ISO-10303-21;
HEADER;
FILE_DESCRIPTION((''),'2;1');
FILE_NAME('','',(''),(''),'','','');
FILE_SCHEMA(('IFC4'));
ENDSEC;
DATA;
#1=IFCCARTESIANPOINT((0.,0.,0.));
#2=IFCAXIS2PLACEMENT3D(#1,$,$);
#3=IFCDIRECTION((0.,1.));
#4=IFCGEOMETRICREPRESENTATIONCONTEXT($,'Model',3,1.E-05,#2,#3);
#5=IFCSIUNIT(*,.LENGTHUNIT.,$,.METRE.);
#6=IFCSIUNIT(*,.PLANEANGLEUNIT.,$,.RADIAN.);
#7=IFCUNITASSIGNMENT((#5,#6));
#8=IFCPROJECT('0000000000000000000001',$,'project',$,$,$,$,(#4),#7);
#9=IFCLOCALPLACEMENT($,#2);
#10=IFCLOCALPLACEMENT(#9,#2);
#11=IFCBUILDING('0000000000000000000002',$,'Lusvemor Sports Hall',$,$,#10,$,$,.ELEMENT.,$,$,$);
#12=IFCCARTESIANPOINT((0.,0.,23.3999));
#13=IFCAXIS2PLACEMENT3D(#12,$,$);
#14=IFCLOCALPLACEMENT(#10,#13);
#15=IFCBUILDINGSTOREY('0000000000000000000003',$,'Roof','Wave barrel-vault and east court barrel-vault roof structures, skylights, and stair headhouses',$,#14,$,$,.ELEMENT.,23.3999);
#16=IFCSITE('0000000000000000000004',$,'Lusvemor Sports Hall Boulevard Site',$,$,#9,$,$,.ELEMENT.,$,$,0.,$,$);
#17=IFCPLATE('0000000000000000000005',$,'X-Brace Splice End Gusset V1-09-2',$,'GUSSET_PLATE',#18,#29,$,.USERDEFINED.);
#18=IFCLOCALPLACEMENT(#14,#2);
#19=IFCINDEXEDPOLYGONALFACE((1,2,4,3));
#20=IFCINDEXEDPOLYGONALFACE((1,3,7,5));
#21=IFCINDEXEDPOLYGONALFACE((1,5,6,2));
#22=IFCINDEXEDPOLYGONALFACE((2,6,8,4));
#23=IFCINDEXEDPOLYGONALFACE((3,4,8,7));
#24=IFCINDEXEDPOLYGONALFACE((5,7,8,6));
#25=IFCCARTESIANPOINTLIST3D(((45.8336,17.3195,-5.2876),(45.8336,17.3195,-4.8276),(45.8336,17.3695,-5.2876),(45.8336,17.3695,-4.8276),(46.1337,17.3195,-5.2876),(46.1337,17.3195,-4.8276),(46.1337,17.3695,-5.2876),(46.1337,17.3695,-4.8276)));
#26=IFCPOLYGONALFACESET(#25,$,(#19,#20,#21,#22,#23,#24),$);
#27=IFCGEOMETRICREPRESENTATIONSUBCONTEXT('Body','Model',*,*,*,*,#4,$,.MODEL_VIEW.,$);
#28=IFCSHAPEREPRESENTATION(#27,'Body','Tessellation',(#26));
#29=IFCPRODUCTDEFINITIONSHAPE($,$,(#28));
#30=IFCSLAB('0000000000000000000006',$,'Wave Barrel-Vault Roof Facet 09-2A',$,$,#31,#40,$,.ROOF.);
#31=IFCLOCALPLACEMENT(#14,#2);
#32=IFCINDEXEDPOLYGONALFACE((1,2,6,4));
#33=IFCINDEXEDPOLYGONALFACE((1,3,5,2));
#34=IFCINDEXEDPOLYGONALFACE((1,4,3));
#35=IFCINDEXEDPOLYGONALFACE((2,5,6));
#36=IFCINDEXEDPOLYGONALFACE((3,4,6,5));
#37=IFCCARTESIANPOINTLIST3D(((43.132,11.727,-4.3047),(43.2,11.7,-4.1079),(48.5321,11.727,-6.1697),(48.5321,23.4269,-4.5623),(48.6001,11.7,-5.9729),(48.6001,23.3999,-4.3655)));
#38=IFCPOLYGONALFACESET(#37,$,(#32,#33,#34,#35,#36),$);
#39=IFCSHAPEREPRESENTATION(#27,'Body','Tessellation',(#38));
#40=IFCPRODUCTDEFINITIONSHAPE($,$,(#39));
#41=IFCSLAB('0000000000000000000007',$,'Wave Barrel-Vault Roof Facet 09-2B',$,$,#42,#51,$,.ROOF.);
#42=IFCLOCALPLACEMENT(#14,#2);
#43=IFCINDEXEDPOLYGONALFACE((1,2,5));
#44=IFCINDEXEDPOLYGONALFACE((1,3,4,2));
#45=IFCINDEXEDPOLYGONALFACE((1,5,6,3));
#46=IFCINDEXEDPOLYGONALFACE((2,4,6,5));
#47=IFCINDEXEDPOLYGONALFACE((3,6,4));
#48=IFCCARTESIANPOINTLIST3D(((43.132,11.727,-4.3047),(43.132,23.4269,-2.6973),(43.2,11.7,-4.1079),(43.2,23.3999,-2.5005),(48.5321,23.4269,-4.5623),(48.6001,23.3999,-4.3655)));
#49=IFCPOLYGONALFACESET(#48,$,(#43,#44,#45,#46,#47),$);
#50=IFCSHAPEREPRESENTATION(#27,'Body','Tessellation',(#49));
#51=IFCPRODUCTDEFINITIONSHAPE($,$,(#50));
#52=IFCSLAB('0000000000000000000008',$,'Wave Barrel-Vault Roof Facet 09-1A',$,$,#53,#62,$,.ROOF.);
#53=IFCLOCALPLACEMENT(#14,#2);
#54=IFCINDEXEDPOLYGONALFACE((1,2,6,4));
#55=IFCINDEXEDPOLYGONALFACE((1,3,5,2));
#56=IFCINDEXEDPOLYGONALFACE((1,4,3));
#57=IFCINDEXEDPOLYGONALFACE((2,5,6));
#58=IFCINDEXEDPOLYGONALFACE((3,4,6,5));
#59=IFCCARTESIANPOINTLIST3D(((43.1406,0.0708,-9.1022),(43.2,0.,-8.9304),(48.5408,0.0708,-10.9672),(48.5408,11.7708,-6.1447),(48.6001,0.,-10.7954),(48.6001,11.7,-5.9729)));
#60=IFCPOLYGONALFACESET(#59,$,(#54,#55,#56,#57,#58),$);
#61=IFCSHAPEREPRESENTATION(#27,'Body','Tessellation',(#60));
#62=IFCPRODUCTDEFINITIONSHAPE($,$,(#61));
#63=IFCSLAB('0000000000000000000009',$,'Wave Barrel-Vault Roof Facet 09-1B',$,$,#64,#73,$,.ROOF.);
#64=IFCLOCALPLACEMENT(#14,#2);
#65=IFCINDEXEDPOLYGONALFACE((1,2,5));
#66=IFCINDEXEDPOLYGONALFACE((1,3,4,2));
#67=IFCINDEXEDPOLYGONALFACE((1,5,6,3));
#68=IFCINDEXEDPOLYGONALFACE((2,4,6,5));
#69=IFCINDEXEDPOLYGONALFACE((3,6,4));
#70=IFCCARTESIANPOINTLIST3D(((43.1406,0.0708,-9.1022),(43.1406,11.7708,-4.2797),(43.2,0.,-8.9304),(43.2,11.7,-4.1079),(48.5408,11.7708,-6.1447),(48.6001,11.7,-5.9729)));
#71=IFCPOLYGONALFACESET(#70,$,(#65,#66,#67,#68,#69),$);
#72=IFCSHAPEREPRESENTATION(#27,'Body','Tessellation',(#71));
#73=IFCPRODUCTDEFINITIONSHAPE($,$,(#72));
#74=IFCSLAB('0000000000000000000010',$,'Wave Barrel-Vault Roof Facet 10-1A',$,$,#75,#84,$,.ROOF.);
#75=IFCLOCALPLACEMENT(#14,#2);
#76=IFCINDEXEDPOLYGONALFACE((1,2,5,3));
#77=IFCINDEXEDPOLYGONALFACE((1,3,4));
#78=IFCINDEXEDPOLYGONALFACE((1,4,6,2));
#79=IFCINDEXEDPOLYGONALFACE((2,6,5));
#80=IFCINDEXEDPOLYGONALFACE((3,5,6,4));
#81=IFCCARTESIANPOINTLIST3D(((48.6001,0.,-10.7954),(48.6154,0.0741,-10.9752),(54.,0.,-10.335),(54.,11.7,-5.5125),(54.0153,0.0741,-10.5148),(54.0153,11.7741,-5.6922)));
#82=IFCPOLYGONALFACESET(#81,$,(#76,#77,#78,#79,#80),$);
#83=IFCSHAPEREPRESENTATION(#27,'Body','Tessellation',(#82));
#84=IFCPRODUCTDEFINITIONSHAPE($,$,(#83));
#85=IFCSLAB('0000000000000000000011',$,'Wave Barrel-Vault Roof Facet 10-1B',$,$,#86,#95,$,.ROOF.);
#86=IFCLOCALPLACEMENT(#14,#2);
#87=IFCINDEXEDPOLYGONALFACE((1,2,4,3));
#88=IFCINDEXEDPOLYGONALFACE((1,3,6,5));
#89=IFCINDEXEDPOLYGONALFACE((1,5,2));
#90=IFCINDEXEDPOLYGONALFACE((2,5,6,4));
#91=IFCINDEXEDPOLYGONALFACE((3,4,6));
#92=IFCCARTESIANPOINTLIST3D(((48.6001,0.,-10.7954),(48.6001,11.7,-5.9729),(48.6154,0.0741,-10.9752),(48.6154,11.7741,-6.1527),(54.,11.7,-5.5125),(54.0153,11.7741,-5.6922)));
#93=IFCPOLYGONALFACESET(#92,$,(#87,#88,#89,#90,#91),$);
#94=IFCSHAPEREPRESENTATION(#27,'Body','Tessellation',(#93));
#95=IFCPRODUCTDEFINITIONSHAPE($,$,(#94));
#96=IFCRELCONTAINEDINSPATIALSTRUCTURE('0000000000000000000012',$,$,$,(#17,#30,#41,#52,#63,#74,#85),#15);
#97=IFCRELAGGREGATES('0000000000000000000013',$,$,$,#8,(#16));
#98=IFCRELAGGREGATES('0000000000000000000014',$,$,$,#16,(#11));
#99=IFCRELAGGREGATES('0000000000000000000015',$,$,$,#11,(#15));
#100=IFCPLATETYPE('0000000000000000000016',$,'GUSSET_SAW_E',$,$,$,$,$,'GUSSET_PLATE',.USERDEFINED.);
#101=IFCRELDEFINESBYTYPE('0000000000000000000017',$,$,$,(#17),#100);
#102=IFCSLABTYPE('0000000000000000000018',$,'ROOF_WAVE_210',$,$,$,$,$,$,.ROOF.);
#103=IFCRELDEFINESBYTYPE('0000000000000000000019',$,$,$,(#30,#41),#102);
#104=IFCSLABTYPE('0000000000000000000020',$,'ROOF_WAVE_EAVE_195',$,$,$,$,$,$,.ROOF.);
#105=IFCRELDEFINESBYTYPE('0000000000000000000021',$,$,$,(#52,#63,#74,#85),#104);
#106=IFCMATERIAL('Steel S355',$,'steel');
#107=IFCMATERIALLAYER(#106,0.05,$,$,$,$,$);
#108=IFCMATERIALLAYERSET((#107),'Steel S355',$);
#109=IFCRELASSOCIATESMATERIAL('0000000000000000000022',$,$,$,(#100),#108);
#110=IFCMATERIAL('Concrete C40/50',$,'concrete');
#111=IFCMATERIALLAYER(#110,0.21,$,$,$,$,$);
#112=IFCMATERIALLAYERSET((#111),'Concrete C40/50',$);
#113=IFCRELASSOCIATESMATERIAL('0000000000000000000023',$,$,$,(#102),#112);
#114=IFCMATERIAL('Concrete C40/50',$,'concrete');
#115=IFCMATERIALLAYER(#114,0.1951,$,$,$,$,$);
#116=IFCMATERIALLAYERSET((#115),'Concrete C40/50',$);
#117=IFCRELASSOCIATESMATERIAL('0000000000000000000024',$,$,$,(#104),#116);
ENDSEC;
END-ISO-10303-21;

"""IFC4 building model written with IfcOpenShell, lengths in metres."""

from ifc_helpers import new_model, si_unit, direction, frame, origin, origin_2d, place, context, subcontext, project, spatial, polyline, rectangle, outline, extrude, material, layer, layer_set, type_object, element, save


model = new_model("IFC4")

# Units and contexts
model_context = context("Model", 3, precision=1e-05, world=origin(), true_north=direction((0.0, 1.0)))
body_context = subcontext(model_context, "Body", "Model", "MODEL_VIEW")
ifc_project = project(units=[si_unit("LENGTHUNIT", "METRE"), si_unit("PLANEANGLEUNIT", "RADIAN")], contexts=[model_context])

# Site, building, storey
site_placement = place(None, origin())
site = spatial("IfcSite", under=ifc_project, at=site_placement, Name="Lusvemor Sports Hall Boulevard Site", CompositionType="ELEMENT", RefElevation=0.0)
building_placement = place(site_placement, origin())
building = spatial("IfcBuilding", under=site, at=building_placement, Name="Lusvemor Sports Hall", CompositionType="ELEMENT")
storey_placement = place(building_placement, frame((0.0, 0.0, 23.3999)))
storey = spatial("IfcBuildingStorey", under=building, at=storey_placement, Name="Roof", Description="Wave barrel-vault and east court barrel-vault roof structures, skylights, and stair headhouses", CompositionType="ELEMENT", Elevation=23.3999)

# Plate
ifc_material_1 = material(Name="Steel S355", Category="steel")
ifc_layer_1 = layer(ifc_material_1, 0.05)
ifc_layer_set_1 = layer_set([ifc_layer_1], Name="Steel S355")
plate_type_1 = type_object("IfcPlateType", Name="GUSSET_SAW_E", ElementType="GUSSET_PLATE", PredefinedType="USERDEFINED", material=ifc_layer_set_1)
for number, where, z_axis, x_axis, name in (
    (1, (45.9836, 17.3445, -5.2876), (0.0, 0.0, 1.0), (1.0, 0.0, 0.0), "X-Brace Splice End Gusset V1-09-2"),
):
    element("IfcPlate", number, at=place(storey_placement, frame(where, z_axis=z_axis, x_axis=x_axis)), inside=storey, type_object=plate_type_1, Name=name, ObjectType="GUSSET_PLATE", PredefinedType="USERDEFINED", context=body_context, shape_type="SweptSolid", body=[
        extrude(rectangle(XDim=0.3, YDim=0.05, at=origin_2d()), origin(), (0.0, 0.0, 1.0), 0.46),
    ])

# Slabs
ifc_material_2 = material(Name="Concrete C40/50", Category="concrete")
ifc_layer_2 = layer(ifc_material_2, 0.21)
ifc_layer_set_2 = layer_set([ifc_layer_2], Name="Concrete C40/50")
slab_type_1 = type_object("IfcSlabType", Name="ROOF_WAVE_210", PredefinedType="ROOF", material=ifc_layer_set_2)
slab_1_placement = place(storey_placement, frame((43.2, 11.7, -4.1079), z_axis=(0.323722, -0.128779, 0.937347), x_axis=(0.945218, 0.0, -0.32644)))
element("IfcSlab", 2, at=slab_1_placement, inside=storey, type_object=slab_type_1, Name="Wave Barrel-Vault Roof Facet 09-2A", PredefinedType="ROOF", context=body_context, shape_type="SweptSolid", body=[
    extrude(outline(polyline([(0.0, 0.0), (5.7131, 0.0), (5.1884, 11.7982), (0.0, 0.0)])), origin(), (0.0, 0.0, -1.0), 0.21),
])
slab_2_placement = place(storey_placement, frame((43.2, 11.7, -4.1079), z_axis=(0.323722, -0.128779, 0.937347), x_axis=(0.418985, 0.907773, -0.019984)))
element("IfcSlab", 3, at=slab_2_placement, inside=storey, type_object=slab_type_1, Name="Wave Barrel-Vault Roof Facet 09-2B", PredefinedType="ROOF", context=body_context, shape_type="SweptSolid", body=[
    extrude(outline(polyline([(0.0, 0.0), (12.8886, 0.0), (10.5888, 5.2298), (0.0, 0.0)])), origin(), (0.0, 0.0, -1.0), 0.21),
])
ifc_material_3 = material(Name="Concrete C40/50", Category="concrete")
ifc_layer_3 = layer(ifc_material_3, 0.1951)
ifc_layer_set_3 = layer_set([ifc_layer_3], Name="Concrete C40/50")
slab_type_2 = type_object("IfcSlabType", Name="ROOF_WAVE_EAVE_195", PredefinedType="ROOF", material=ifc_layer_set_3)
slab_3_placement = place(storey_placement, frame((43.2, 0.0, -8.9304), z_axis=(0.30417, -0.363023, 0.880735), x_axis=(0.945218, 0.0, -0.32644)))
element("IfcSlab", 4, at=slab_3_placement, inside=storey, type_object=slab_type_2, Name="Wave Barrel-Vault Roof Facet 09-1A", PredefinedType="ROOF", context=body_context, shape_type="SweptSolid", body=[
    extrude(outline(polyline([(0.0, 0.0), (5.7131, 0.0), (4.1389, 12.5566), (0.0, 0.0)])), origin(), (0.0, 0.0, -1.0), 0.1951),
])
slab_4_placement = place(storey_placement, frame((43.2, 0.0, -8.9304), z_axis=(0.30417, -0.363023, 0.880735), x_axis=(0.408449, 0.884946, 0.223697)))
element("IfcSlab", 5, at=slab_4_placement, inside=storey, type_object=slab_type_2, Name="Wave Barrel-Vault Roof Facet 09-1B", PredefinedType="ROOF", context=body_context, shape_type="SweptSolid", body=[
    extrude(outline(polyline([(0.0, 0.0), (13.2211, 0.0), (11.4326, 5.426), (0.0, 0.0)])), origin(), (0.0, 0.0, -1.0), 0.1951),
])
slab_5_placement = place(storey_placement, frame((48.6001, 0.0, -10.7954), z_axis=(-0.078592, -0.379901, 0.921682), x_axis=(0.996384, 0.0, 0.084962)))
element("IfcSlab", 6, at=slab_5_placement, inside=storey, type_object=slab_type_2, Name="Wave Barrel-Vault Roof Facet 10-1A", PredefinedType="ROOF", context=body_context, shape_type="SweptSolid", body=[
    extrude(outline(polyline([(0.0, 0.0), (5.4195, 0.0), (5.8292, 12.6482), (0.0, 0.0)])), origin(), (0.0, 0.0, -1.0), 0.1951),
])
slab_6_placement = place(storey_placement, frame((48.6001, 0.0, -10.7954), z_axis=(-0.078592, -0.379901, 0.921682), x_axis=(0.387733, 0.8401, 0.379336)))
element("IfcSlab", 7, at=slab_6_placement, inside=storey, type_object=slab_type_2, Name="Wave Barrel-Vault Roof Facet 10-1B", PredefinedType="ROOF", context=body_context, shape_type="SweptSolid", body=[
    extrude(outline(polyline([(0.0, 0.0), (13.9269, 0.0), (11.6585, 4.9219), (0.0, 0.0)])), origin(), (0.0, 0.0, -1.0), 0.1951),
])

save(model, "model.ifc")
